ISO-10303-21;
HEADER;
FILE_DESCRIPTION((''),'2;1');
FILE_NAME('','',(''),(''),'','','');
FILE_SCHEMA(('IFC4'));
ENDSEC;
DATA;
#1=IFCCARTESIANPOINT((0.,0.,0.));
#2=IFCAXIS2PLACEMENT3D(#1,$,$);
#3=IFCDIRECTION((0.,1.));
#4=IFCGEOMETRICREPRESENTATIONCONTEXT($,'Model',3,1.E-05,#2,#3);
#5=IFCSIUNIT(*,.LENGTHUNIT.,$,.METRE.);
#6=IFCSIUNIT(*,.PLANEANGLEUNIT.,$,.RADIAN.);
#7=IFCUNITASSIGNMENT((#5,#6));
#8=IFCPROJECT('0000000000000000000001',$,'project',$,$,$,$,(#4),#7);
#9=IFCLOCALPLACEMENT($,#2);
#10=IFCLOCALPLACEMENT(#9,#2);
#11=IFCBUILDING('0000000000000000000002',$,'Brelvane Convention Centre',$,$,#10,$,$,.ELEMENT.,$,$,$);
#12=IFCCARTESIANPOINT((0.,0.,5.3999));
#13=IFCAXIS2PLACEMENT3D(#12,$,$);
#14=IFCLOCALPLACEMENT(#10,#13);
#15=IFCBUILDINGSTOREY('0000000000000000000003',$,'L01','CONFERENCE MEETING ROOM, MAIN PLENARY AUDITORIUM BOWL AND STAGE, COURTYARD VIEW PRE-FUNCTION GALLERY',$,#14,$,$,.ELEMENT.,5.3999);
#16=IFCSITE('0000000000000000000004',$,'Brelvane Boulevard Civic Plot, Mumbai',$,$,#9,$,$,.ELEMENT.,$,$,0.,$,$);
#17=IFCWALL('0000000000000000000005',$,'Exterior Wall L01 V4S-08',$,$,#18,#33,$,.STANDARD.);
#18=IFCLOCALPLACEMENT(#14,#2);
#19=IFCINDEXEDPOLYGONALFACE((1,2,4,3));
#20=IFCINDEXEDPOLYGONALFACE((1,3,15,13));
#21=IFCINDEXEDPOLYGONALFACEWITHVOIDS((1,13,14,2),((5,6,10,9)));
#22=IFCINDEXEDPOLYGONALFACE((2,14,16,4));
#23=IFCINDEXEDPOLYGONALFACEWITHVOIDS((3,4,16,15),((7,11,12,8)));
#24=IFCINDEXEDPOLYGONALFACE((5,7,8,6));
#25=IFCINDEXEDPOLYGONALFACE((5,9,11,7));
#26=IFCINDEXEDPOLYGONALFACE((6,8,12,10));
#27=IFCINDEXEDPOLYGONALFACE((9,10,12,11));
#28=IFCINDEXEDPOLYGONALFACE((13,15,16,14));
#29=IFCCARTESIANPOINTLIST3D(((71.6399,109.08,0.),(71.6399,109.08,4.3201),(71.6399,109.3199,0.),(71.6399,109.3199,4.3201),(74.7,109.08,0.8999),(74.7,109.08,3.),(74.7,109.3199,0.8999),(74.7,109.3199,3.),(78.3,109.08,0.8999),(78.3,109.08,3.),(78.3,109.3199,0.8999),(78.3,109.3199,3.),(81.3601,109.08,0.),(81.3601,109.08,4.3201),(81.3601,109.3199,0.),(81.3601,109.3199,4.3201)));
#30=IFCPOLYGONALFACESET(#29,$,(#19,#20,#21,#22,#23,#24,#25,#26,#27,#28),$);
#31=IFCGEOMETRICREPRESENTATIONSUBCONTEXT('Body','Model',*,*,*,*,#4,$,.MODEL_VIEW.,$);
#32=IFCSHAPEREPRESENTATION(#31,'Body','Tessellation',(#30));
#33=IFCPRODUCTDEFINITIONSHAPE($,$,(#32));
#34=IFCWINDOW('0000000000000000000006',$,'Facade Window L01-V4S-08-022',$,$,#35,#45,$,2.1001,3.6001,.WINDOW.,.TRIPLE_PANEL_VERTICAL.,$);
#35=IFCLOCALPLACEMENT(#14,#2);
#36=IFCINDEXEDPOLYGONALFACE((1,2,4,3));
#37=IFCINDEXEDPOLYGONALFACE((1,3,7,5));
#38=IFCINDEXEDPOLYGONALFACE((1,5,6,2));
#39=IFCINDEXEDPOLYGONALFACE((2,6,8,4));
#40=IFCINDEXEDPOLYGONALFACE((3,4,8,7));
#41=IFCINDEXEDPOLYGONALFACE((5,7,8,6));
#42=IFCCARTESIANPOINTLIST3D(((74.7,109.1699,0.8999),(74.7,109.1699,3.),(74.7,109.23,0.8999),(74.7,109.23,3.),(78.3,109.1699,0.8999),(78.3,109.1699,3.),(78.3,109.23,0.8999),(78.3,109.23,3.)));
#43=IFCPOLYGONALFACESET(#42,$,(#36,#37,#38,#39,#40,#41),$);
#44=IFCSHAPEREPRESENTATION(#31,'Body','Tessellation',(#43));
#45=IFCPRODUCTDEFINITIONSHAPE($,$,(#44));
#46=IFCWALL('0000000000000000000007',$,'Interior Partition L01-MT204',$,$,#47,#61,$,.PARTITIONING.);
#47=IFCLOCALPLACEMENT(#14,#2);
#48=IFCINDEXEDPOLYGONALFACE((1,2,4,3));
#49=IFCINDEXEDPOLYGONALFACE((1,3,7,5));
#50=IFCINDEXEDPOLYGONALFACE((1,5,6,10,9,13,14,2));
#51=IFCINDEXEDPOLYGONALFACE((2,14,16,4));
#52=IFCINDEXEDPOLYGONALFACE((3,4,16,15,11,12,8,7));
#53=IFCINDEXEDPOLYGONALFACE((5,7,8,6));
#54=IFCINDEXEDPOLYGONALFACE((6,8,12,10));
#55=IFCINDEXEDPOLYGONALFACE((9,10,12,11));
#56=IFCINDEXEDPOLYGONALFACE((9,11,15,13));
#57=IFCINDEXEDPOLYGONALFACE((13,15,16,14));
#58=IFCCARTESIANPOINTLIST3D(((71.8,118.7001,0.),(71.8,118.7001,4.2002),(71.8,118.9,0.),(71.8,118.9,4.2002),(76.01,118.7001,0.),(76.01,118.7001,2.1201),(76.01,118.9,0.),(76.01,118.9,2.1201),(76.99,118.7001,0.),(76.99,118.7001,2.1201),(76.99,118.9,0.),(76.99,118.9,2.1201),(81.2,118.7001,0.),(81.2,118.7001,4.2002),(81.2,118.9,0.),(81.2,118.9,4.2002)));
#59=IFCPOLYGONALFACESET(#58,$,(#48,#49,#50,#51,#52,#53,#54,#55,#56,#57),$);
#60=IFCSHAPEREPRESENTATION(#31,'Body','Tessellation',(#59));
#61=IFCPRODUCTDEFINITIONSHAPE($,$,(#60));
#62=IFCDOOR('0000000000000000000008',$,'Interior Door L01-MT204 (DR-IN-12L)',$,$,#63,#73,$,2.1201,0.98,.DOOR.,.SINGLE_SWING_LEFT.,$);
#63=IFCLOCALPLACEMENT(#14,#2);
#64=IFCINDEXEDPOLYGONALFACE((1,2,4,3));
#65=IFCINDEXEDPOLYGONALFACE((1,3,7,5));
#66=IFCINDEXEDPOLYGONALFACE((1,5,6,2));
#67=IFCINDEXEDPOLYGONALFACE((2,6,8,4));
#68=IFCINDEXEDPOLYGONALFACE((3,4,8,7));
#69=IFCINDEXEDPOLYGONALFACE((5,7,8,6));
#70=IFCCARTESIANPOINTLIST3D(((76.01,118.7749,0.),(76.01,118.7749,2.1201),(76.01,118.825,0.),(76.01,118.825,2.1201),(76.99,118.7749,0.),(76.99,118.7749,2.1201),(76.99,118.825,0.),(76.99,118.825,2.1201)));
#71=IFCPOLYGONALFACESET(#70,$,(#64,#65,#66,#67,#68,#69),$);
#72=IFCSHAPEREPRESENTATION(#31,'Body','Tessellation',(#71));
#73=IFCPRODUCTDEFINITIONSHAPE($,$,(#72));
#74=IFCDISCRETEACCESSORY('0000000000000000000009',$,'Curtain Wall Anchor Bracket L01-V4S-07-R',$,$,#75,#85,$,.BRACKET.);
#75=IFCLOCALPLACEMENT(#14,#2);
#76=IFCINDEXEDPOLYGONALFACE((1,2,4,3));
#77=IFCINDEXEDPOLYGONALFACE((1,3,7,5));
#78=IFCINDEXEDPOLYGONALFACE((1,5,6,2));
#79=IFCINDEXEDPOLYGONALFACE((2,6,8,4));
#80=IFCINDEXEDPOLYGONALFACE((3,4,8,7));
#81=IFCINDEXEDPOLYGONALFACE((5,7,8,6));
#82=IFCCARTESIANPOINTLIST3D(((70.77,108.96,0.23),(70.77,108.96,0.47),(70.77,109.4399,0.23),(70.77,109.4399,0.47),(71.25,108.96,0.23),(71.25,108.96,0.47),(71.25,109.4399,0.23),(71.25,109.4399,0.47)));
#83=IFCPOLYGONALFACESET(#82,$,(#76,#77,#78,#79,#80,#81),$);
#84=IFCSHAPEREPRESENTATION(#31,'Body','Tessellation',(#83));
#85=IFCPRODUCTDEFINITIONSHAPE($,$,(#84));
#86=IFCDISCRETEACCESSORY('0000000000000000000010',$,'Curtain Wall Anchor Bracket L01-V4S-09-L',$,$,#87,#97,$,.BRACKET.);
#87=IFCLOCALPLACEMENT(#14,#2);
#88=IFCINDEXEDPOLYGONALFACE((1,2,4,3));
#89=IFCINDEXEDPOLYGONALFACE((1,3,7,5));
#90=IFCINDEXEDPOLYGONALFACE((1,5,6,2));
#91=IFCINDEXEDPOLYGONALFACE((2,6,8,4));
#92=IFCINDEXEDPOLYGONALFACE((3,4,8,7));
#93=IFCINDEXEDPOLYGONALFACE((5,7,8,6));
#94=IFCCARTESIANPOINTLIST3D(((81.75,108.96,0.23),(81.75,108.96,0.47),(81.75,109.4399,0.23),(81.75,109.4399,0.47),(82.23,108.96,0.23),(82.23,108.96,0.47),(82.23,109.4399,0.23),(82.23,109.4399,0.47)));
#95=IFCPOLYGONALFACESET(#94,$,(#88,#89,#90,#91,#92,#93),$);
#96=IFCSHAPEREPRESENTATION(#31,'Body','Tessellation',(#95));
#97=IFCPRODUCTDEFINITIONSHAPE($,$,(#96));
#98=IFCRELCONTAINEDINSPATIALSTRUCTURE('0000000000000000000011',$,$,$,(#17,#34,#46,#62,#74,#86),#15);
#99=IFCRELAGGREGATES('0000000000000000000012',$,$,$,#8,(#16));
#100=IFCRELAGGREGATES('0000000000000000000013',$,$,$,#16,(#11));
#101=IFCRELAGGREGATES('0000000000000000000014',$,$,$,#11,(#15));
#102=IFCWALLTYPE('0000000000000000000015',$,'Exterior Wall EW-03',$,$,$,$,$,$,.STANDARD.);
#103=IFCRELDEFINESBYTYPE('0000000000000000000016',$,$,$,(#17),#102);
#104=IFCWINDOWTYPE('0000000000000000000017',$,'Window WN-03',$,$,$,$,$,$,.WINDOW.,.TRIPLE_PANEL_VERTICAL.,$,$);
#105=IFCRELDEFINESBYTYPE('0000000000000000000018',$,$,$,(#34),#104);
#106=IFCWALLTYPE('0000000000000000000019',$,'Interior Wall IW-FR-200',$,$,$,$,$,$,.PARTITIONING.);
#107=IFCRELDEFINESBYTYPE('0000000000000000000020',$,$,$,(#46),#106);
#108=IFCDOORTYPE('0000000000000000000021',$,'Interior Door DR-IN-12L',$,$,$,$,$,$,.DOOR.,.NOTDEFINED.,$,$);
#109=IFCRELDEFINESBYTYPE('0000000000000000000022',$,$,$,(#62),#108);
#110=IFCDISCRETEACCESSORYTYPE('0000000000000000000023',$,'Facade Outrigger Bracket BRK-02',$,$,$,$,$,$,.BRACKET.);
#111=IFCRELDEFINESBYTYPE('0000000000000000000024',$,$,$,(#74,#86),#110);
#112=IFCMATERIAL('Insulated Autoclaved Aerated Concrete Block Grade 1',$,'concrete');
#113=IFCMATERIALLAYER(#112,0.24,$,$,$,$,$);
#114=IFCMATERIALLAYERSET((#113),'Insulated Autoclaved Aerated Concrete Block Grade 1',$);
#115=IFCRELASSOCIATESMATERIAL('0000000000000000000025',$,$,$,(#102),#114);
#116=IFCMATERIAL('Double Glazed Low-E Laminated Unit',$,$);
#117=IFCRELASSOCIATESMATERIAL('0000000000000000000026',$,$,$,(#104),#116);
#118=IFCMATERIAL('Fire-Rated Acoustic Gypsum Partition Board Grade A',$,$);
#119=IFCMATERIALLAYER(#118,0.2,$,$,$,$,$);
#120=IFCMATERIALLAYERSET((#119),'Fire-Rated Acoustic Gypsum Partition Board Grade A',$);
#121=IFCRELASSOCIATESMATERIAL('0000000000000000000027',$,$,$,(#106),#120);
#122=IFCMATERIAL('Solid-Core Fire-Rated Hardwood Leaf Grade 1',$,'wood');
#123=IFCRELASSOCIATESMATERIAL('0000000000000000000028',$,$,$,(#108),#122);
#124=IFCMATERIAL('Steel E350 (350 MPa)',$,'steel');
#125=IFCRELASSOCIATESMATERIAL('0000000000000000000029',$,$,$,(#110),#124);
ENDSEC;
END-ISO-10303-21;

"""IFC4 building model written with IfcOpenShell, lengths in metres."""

from ifc_helpers import new_model, si_unit, direction, frame, frame_2d, origin, origin_2d, place, context, subcontext, project, spatial, rectangle, extrude, material, layer, layer_set, type_object, element, fill, save


model = new_model("IFC4")

# Units and contexts
model_context = context("Model", 3, precision=1e-05, world=origin(), true_north=direction((0.0, 1.0)))
body_context = subcontext(model_context, "Body", "Model", "MODEL_VIEW")
ifc_project = project(units=[si_unit("LENGTHUNIT", "METRE"), si_unit("PLANEANGLEUNIT", "RADIAN")], contexts=[model_context])

# Site, building, storey
site_placement = place(None, origin())
site = spatial("IfcSite", under=ifc_project, at=site_placement, Name="Brelvane Boulevard Civic Plot, Mumbai", CompositionType="ELEMENT", RefElevation=0.0)
building_placement = place(site_placement, origin())
building = spatial("IfcBuilding", under=site, at=building_placement, Name="Brelvane Convention Centre", CompositionType="ELEMENT")
storey_placement = place(building_placement, frame((0.0, 0.0, 5.3999)))
storey = spatial("IfcBuildingStorey", under=building, at=storey_placement, Name="L01", Description="CONFERENCE MEETING ROOM, MAIN PLENARY AUDITORIUM BOWL AND STAGE, COURTYARD VIEW PRE-FUNCTION GALLERY", CompositionType="ELEMENT", Elevation=5.3999)

# Wall, opening, window
ifc_material_1 = material(Name="Insulated Autoclaved Aerated Concrete Block Grade 1", Category="concrete")
ifc_layer_1 = layer(ifc_material_1, 0.24)
ifc_layer_set_1 = layer_set([ifc_layer_1], Name="Insulated Autoclaved Aerated Concrete Block Grade 1")
wall_type_1 = type_object("IfcWallType", Name="Exterior Wall EW-03", PredefinedType="STANDARD", material=ifc_layer_set_1)
wall_1_placement = place(storey_placement, frame((71.6399, 109.2, 0.0), z_axis=(0.0, 0.0, 1.0), x_axis=(1.0, 0.0, 0.0)))
wall_1 = element("IfcWall", 1, at=wall_1_placement, inside=storey, type_object=wall_type_1, Name="Exterior Wall L01 V4S-08", PredefinedType="STANDARD", context=body_context, shape_type="SweptSolid", body=[
    extrude(rectangle(XDim=9.7202, YDim=0.24, at=frame_2d((4.8601, 0.0))), origin(), (0.0, 0.0, 1.0), 4.3201),
])
opening_1_placement = place(wall_1_placement, frame((3.0601, 0.0, 0.8999)))
opening_1 = element("IfcOpeningElement", 2, at=opening_1_placement, cuts=wall_1, PredefinedType="OPENING", context=body_context, shape_type="SweptSolid", body=[
    extrude(rectangle(XDim=3.6001, YDim=2.1001, at=frame_2d((1.8, 1.05))), frame((0.0, 0.1299, 0.0), z_axis=(0.0, -1.0, 0.0), x_axis=(1.0, 0.0, 0.0)), (0.0, 0.0, 1.0), 0.26),
])
ifc_material_2 = material(Name="Double Glazed Low-E Laminated Unit")
window_type = type_object("IfcWindowType", Name="Window WN-03", PartitioningType="TRIPLE_PANEL_VERTICAL", PredefinedType="WINDOW", material=ifc_material_2)
window_placement = place(opening_1_placement, origin())
window = element("IfcWindow", 3, at=window_placement, inside=storey, type_object=window_type, Name="Facade Window L01-V4S-08-022", OverallHeight=2.1001, OverallWidth=3.6001, PartitioningType="TRIPLE_PANEL_VERTICAL", PredefinedType="WINDOW", context=body_context, shape_type="SweptSolid", body=[
    extrude(rectangle(XDim=3.6001, YDim=2.1001, at=frame_2d((1.8, 1.05))), frame((0.0, 0.03, 0.0), z_axis=(0.0, -1.0, 0.0), x_axis=(1.0, 0.0, 0.0)), (0.0, 0.0, 1.0), 0.0601),
])
fill(opening_1, window)

# Wall, opening, door
ifc_material_3 = material(Name="Fire-Rated Acoustic Gypsum Partition Board Grade A")
ifc_layer_2 = layer(ifc_material_3, 0.2)
ifc_layer_set_2 = layer_set([ifc_layer_2], Name="Fire-Rated Acoustic Gypsum Partition Board Grade A")
wall_type_2 = type_object("IfcWallType", Name="Interior Wall IW-FR-200", PredefinedType="PARTITIONING", material=ifc_layer_set_2)
wall_2_placement = place(storey_placement, frame((71.8, 118.8, 0.0), z_axis=(0.0, 0.0, 1.0), x_axis=(1.0, 0.0, 0.0)))
wall_2 = element("IfcWall", 4, at=wall_2_placement, inside=storey, type_object=wall_type_2, Name="Interior Partition L01-MT204", PredefinedType="PARTITIONING", context=body_context, shape_type="SweptSolid", body=[
    extrude(rectangle(XDim=9.3999, YDim=0.2, at=frame_2d((4.7, 0.0))), origin(), (0.0, 0.0, 1.0), 4.2002),
])
opening_2_placement = place(wall_2_placement, frame((4.21, 0.0, 0.0)))
opening_2 = element("IfcOpeningElement", 5, at=opening_2_placement, cuts=wall_2, PredefinedType="OPENING", context=body_context, shape_type="SweptSolid", body=[
    extrude(rectangle(XDim=0.98, YDim=2.1201, at=frame_2d((0.49, 1.0601))), frame((0.0, 0.1099, 0.0), z_axis=(0.0, -1.0, 0.0), x_axis=(1.0, 0.0, 0.0)), (0.0, 0.0, 1.0), 0.22),
])
ifc_material_4 = material(Name="Solid-Core Fire-Rated Hardwood Leaf Grade 1", Category="wood")
door_type = type_object("IfcDoorType", Name="Interior Door DR-IN-12L", OperationType="NOTDEFINED", PredefinedType="DOOR", material=ifc_material_4)
door_placement = place(opening_2_placement, origin())
door = element("IfcDoor", 6, at=door_placement, inside=storey, type_object=door_type, Name="Interior Door L01-MT204 (DR-IN-12L)", OperationType="SINGLE_SWING_LEFT", OverallHeight=2.1201, OverallWidth=0.98, PredefinedType="DOOR", context=body_context, shape_type="SweptSolid", body=[
    extrude(rectangle(XDim=0.98, YDim=2.1201, at=frame_2d((0.49, 1.0601))), frame((0.0, 0.0249, 0.0), z_axis=(0.0, -1.0, 0.0), x_axis=(1.0, 0.0, 0.0)), (0.0, 0.0, 1.0), 0.05),
])
fill(opening_2, door)

# Discrete accessories
ifc_material_5 = material(Name="Steel E350 (350 MPa)", Category="steel")
discrete_accessory_type = type_object("IfcDiscreteAccessoryType", Name="Facade Outrigger Bracket BRK-02", PredefinedType="BRACKET", material=ifc_material_5)
for number, where, z_axis, x_axis, name in (
    (7, (71.01, 109.2, 0.23), (0.0, 0.0, 1.0), (1.0, 0.0, 0.0), "Curtain Wall Anchor Bracket L01-V4S-07-R"),
    (8, (81.99, 109.2, 0.23), (0.0, 0.0, 1.0), (1.0, 0.0, 0.0), "Curtain Wall Anchor Bracket L01-V4S-09-L"),
):
    element("IfcDiscreteAccessory", number, at=place(storey_placement, frame(where, z_axis=z_axis, x_axis=x_axis)), inside=storey, type_object=discrete_accessory_type, Name=name, PredefinedType="BRACKET", context=body_context, shape_type="SweptSolid", body=[
        extrude(rectangle(XDim=0.48, YDim=0.48, at=origin_2d()), origin(), (0.0, 0.0, 1.0), 0.24),
    ])

save(model, "model.ifc")
